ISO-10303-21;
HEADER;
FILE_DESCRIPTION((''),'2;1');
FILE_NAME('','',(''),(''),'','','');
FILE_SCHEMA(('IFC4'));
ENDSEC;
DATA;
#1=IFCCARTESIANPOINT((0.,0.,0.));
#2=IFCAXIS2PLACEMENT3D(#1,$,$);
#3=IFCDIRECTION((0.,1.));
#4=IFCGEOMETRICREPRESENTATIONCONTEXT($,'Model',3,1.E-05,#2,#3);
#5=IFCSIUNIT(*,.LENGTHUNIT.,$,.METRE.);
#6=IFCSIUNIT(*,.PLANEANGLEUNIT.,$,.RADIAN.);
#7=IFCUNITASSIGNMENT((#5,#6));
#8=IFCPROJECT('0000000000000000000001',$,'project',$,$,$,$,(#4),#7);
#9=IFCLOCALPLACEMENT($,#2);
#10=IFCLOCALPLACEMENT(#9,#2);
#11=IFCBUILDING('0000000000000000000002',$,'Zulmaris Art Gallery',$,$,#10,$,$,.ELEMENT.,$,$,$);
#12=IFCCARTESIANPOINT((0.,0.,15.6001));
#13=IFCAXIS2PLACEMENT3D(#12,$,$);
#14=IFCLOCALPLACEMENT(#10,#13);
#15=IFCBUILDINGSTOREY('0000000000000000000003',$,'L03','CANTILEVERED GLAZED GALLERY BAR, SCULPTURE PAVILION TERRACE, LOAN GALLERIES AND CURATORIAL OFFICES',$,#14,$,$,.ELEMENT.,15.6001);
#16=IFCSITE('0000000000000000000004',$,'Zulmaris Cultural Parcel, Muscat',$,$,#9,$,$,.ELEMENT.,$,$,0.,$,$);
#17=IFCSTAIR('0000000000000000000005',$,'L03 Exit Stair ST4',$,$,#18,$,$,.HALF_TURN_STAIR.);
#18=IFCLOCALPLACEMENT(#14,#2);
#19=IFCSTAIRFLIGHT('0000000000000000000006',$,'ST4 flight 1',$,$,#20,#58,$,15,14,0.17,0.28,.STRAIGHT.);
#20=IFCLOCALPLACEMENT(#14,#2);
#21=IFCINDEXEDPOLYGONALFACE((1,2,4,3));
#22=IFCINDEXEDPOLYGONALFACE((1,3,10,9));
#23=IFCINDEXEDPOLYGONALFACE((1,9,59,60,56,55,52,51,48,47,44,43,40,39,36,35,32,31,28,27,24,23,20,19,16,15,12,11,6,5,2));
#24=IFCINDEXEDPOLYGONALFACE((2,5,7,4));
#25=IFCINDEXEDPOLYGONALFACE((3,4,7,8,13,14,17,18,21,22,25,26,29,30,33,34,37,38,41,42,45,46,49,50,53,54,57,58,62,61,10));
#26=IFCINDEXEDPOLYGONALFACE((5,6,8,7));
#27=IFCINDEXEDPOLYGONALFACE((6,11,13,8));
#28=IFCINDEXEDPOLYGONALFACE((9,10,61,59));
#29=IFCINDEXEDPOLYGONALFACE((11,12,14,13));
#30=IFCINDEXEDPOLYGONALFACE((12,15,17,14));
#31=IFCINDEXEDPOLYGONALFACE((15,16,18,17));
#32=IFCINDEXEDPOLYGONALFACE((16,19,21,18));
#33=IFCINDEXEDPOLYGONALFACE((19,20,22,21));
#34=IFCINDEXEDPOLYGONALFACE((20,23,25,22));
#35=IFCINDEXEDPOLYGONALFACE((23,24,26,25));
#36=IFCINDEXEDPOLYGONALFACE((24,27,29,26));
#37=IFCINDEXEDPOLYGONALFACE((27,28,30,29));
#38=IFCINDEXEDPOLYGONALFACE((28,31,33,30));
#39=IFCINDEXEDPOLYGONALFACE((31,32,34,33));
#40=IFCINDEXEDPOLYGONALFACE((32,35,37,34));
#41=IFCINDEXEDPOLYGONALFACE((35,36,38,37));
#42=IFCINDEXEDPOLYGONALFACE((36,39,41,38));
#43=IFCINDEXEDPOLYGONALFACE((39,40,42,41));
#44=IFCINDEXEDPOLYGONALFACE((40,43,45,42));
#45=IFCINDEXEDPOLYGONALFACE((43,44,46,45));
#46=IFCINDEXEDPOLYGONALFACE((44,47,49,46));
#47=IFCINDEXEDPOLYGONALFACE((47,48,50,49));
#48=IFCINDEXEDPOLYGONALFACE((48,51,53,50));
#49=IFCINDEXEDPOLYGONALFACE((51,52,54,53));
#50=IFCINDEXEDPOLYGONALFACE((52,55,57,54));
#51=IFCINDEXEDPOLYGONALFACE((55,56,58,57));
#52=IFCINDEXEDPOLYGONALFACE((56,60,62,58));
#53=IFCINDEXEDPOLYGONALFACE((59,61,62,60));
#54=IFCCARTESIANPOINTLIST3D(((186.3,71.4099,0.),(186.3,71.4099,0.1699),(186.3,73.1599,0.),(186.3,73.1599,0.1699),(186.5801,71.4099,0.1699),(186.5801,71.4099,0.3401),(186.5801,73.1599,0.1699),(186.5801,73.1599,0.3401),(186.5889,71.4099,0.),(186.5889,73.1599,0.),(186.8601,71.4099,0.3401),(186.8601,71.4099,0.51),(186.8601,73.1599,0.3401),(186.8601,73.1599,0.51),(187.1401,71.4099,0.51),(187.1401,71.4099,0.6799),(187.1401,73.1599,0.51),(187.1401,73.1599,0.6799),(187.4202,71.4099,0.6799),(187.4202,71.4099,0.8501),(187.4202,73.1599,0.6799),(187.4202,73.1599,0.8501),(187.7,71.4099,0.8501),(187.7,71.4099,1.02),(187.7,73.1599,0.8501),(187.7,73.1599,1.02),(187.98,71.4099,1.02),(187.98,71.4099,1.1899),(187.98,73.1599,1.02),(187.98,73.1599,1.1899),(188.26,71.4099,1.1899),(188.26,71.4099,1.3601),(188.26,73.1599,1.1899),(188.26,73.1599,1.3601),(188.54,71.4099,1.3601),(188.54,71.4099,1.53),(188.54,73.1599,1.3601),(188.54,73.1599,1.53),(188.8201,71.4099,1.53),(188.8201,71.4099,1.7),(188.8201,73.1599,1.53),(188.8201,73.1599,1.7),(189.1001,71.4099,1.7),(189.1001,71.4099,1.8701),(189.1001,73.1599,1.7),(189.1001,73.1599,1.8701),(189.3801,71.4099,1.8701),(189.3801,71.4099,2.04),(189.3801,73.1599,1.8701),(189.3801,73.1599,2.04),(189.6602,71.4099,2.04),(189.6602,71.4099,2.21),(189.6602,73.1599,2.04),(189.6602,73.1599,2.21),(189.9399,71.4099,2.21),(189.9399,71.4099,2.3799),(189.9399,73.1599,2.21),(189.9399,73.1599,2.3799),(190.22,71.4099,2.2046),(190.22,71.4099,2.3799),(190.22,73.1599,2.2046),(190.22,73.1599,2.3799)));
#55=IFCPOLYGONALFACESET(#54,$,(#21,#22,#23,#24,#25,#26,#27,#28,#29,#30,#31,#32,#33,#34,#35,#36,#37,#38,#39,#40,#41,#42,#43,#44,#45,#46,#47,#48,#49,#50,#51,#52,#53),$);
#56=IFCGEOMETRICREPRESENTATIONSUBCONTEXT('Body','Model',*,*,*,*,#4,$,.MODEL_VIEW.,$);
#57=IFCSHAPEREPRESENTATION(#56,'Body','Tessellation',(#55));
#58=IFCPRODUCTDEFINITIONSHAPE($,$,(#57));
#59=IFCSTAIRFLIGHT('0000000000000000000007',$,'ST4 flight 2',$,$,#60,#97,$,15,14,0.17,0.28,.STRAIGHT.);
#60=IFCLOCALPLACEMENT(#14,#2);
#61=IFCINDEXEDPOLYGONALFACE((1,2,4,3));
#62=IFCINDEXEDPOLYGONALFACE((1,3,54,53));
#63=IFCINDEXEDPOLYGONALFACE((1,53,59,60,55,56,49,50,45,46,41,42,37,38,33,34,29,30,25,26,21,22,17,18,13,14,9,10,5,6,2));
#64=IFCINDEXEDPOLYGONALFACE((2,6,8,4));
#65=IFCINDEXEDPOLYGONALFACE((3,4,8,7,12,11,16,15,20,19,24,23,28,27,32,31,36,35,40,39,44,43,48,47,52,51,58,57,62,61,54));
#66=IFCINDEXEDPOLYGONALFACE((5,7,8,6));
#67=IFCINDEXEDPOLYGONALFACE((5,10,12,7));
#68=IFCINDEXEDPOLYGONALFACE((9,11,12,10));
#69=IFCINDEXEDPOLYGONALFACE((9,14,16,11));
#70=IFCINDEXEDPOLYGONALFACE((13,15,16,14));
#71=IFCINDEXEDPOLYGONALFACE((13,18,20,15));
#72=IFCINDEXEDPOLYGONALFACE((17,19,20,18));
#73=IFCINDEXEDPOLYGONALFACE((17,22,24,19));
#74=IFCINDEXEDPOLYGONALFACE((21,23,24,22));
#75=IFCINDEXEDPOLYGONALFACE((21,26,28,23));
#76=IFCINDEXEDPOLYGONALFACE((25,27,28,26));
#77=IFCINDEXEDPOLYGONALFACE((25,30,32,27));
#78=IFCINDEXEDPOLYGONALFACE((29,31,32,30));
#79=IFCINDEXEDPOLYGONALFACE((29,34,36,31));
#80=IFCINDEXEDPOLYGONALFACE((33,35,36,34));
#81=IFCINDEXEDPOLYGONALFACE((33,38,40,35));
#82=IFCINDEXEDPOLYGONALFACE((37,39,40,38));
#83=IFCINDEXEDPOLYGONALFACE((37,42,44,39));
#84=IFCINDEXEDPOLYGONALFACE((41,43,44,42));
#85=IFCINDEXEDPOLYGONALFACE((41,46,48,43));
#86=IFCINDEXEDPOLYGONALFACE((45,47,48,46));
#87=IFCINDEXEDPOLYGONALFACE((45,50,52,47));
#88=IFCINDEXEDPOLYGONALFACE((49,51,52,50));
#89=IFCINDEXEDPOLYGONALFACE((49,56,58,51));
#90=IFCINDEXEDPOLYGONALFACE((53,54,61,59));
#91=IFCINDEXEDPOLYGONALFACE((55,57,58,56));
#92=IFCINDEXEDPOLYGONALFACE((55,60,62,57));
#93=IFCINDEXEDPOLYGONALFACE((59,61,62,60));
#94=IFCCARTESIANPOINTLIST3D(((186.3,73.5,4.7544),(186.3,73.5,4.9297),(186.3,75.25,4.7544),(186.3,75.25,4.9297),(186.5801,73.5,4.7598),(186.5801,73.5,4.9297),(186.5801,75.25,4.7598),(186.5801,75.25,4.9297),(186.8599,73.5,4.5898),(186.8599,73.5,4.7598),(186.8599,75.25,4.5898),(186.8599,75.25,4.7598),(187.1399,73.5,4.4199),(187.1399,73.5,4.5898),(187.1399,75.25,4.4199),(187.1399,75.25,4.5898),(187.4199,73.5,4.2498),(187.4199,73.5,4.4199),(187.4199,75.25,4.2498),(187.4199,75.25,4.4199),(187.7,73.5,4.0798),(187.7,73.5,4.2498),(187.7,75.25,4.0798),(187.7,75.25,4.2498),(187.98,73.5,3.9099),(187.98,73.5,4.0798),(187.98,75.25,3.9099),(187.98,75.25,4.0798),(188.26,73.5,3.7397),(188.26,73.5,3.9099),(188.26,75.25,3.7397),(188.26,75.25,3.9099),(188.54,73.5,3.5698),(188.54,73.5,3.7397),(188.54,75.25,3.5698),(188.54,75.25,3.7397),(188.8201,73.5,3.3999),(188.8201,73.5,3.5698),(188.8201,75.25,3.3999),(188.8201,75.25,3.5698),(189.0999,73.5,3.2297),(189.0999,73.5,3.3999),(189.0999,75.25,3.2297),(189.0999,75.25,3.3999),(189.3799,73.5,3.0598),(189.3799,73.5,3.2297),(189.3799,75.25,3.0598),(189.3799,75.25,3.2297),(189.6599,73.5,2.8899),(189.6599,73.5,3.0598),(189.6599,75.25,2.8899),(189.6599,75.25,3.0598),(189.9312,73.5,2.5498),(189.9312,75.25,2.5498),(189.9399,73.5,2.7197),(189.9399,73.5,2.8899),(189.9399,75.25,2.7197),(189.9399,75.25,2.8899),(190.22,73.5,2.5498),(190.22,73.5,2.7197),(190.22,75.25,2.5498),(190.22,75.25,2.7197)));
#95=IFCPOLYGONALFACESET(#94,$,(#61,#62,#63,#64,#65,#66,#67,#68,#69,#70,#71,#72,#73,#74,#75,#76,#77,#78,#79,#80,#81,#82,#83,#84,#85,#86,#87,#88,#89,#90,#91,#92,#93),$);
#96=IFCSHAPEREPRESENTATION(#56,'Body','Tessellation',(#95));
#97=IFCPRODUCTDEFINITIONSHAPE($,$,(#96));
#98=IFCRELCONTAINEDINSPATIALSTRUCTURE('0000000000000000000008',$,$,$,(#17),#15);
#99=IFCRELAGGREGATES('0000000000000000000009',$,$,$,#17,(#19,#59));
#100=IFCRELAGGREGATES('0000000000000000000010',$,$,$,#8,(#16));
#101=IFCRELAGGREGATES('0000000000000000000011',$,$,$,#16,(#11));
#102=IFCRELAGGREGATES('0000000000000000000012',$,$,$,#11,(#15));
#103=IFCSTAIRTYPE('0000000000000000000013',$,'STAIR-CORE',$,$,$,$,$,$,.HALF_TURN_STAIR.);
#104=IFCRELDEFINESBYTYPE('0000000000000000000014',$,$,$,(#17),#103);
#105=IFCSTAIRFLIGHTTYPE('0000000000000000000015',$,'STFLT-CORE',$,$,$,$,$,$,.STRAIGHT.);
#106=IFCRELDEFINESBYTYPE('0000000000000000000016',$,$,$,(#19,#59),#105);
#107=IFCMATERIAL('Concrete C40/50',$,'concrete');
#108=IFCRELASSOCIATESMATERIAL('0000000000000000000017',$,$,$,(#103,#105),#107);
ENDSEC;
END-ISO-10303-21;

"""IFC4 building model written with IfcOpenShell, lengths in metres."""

from ifc_helpers import new_model, si_unit, direction, frame, origin, place, context, subcontext, project, spatial, polyline, outline, extrude, material, type_object, element, aggregate, save


model = new_model("IFC4")

# Units and contexts
model_context = context("Model", 3, precision=1e-05, world=origin(), true_north=direction((0.0, 1.0)))
body_context = subcontext(model_context, "Body", "Model", "MODEL_VIEW")
ifc_project = project(units=[si_unit("LENGTHUNIT", "METRE"), si_unit("PLANEANGLEUNIT", "RADIAN")], contexts=[model_context])

# Site, building, storey
site_placement = place(None, origin())
site = spatial("IfcSite", under=ifc_project, at=site_placement, Name="Zulmaris Cultural Parcel, Muscat", CompositionType="ELEMENT", RefElevation=0.0)
building_placement = place(site_placement, origin())
building = spatial("IfcBuilding", under=site, at=building_placement, Name="Zulmaris Art Gallery", CompositionType="ELEMENT")
storey_placement = place(building_placement, frame((0.0, 0.0, 15.6001)))
storey = spatial("IfcBuildingStorey", under=building, at=storey_placement, Name="L03", Description="CANTILEVERED GLAZED GALLERY BAR, SCULPTURE PAVILION TERRACE, LOAN GALLERIES AND CURATORIAL OFFICES", CompositionType="ELEMENT", Elevation=15.6001)

# Shared definitions
ifc_material_1 = material(Name="Concrete C40/50", Category="concrete")

# Stair, stair flights
stair_type = type_object("IfcStairType", Name="STAIR-CORE", PredefinedType="HALF_TURN_STAIR", material=ifc_material_1)
stair_placement = place(storey_placement, origin())
stair = element("IfcStair", 1, at=stair_placement, inside=storey, type_object=stair_type, Name="L03 Exit Stair ST4", PredefinedType="HALF_TURN_STAIR")
stair_flight_type = type_object("IfcStairFlightType", Name="STFLT-CORE", PredefinedType="STRAIGHT", material=ifc_material_1)
stair_flight_1_placement = place(storey_placement, frame((186.3, 72.2849, 0.0), z_axis=(0.0, 0.0, 1.0), x_axis=(1.0, 0.0, 0.0)))
stair_flight_1 = element("IfcStairFlight", 2, at=stair_flight_1_placement, type_object=stair_flight_type, Name="ST4 flight 1", NumberOfRisers=15, NumberOfTreads=14, PredefinedType="STRAIGHT", RiserHeight=0.17, TreadLength=0.28, context=body_context, shape_type="SweptSolid", body=[
    extrude(outline(polyline([(0.0, 0.0), (0.0, 0.1699), (0.28, 0.1699), (0.28, 0.3401), (0.5601, 0.3401), (0.5601, 0.51), (0.8401, 0.51), (0.8401, 0.6799), (1.1201, 0.6799), (1.1201, 0.8501), (1.3999, 0.8501), (1.3999, 1.02), (1.6799, 1.02), (1.6799, 1.1899), (1.96, 1.1899), (1.96, 1.3601), (2.24, 1.3601), (2.24, 1.53), (2.52, 1.53), (2.52, 1.7), (2.8, 1.7), (2.8, 1.8701), (3.0801, 1.8701), (3.0801, 2.04), (3.3601, 2.04), (3.3601, 2.21), (3.6399, 2.21), (3.6399, 2.3799), (3.9199, 2.3799), (3.9199, 2.55), (3.9199, 2.2046), (0.2888, 0.0), (0.0, 0.0)])), frame((0.0, 0.875, 0.0), z_axis=(0.0, -1.0, 0.0), x_axis=(1.0, 0.0, 0.0)), (0.0, 0.0, 1.0), 1.75),
])
stair_flight_2_placement = place(storey_placement, frame((190.22, 74.375, 2.5498), z_axis=(0.0, 0.0, 1.0), x_axis=(-1.0, 0.0, 0.0)))
stair_flight_2 = element("IfcStairFlight", 3, at=stair_flight_2_placement, type_object=stair_flight_type, Name="ST4 flight 2", NumberOfRisers=15, NumberOfTreads=14, PredefinedType="STRAIGHT", RiserHeight=0.17, TreadLength=0.28, context=body_context, shape_type="SweptSolid", body=[
    extrude(outline(polyline([(0.0, 0.0), (0.0, 0.1699), (0.28, 0.1699), (0.28, 0.3401), (0.5601, 0.3401), (0.5601, 0.51), (0.8401, 0.51), (0.8401, 0.6799), (1.1201, 0.6799), (1.1201, 0.8501), (1.3999, 0.8501), (1.3999, 1.02), (1.6799, 1.02), (1.6799, 1.1899), (1.96, 1.1899), (1.96, 1.3601), (2.24, 1.3601), (2.24, 1.53), (2.52, 1.53), (2.52, 1.7), (2.8, 1.7), (2.8, 1.8701), (3.0801, 1.8701), (3.0801, 2.04), (3.3601, 2.04), (3.3601, 2.21), (3.6399, 2.21), (3.6399, 2.3799), (3.9199, 2.3799), (3.9199, 2.55), (3.9199, 2.2046), (0.2888, 0.0), (0.0, 0.0)])), frame((0.0, 0.875, 0.0), z_axis=(0.0, -1.0, 0.0), x_axis=(1.0, 0.0, 0.0)), (0.0, 0.0, 1.0), 1.75),
])
aggregate(stair, [stair_flight_1, stair_flight_2])

save(model, "model.ifc")
